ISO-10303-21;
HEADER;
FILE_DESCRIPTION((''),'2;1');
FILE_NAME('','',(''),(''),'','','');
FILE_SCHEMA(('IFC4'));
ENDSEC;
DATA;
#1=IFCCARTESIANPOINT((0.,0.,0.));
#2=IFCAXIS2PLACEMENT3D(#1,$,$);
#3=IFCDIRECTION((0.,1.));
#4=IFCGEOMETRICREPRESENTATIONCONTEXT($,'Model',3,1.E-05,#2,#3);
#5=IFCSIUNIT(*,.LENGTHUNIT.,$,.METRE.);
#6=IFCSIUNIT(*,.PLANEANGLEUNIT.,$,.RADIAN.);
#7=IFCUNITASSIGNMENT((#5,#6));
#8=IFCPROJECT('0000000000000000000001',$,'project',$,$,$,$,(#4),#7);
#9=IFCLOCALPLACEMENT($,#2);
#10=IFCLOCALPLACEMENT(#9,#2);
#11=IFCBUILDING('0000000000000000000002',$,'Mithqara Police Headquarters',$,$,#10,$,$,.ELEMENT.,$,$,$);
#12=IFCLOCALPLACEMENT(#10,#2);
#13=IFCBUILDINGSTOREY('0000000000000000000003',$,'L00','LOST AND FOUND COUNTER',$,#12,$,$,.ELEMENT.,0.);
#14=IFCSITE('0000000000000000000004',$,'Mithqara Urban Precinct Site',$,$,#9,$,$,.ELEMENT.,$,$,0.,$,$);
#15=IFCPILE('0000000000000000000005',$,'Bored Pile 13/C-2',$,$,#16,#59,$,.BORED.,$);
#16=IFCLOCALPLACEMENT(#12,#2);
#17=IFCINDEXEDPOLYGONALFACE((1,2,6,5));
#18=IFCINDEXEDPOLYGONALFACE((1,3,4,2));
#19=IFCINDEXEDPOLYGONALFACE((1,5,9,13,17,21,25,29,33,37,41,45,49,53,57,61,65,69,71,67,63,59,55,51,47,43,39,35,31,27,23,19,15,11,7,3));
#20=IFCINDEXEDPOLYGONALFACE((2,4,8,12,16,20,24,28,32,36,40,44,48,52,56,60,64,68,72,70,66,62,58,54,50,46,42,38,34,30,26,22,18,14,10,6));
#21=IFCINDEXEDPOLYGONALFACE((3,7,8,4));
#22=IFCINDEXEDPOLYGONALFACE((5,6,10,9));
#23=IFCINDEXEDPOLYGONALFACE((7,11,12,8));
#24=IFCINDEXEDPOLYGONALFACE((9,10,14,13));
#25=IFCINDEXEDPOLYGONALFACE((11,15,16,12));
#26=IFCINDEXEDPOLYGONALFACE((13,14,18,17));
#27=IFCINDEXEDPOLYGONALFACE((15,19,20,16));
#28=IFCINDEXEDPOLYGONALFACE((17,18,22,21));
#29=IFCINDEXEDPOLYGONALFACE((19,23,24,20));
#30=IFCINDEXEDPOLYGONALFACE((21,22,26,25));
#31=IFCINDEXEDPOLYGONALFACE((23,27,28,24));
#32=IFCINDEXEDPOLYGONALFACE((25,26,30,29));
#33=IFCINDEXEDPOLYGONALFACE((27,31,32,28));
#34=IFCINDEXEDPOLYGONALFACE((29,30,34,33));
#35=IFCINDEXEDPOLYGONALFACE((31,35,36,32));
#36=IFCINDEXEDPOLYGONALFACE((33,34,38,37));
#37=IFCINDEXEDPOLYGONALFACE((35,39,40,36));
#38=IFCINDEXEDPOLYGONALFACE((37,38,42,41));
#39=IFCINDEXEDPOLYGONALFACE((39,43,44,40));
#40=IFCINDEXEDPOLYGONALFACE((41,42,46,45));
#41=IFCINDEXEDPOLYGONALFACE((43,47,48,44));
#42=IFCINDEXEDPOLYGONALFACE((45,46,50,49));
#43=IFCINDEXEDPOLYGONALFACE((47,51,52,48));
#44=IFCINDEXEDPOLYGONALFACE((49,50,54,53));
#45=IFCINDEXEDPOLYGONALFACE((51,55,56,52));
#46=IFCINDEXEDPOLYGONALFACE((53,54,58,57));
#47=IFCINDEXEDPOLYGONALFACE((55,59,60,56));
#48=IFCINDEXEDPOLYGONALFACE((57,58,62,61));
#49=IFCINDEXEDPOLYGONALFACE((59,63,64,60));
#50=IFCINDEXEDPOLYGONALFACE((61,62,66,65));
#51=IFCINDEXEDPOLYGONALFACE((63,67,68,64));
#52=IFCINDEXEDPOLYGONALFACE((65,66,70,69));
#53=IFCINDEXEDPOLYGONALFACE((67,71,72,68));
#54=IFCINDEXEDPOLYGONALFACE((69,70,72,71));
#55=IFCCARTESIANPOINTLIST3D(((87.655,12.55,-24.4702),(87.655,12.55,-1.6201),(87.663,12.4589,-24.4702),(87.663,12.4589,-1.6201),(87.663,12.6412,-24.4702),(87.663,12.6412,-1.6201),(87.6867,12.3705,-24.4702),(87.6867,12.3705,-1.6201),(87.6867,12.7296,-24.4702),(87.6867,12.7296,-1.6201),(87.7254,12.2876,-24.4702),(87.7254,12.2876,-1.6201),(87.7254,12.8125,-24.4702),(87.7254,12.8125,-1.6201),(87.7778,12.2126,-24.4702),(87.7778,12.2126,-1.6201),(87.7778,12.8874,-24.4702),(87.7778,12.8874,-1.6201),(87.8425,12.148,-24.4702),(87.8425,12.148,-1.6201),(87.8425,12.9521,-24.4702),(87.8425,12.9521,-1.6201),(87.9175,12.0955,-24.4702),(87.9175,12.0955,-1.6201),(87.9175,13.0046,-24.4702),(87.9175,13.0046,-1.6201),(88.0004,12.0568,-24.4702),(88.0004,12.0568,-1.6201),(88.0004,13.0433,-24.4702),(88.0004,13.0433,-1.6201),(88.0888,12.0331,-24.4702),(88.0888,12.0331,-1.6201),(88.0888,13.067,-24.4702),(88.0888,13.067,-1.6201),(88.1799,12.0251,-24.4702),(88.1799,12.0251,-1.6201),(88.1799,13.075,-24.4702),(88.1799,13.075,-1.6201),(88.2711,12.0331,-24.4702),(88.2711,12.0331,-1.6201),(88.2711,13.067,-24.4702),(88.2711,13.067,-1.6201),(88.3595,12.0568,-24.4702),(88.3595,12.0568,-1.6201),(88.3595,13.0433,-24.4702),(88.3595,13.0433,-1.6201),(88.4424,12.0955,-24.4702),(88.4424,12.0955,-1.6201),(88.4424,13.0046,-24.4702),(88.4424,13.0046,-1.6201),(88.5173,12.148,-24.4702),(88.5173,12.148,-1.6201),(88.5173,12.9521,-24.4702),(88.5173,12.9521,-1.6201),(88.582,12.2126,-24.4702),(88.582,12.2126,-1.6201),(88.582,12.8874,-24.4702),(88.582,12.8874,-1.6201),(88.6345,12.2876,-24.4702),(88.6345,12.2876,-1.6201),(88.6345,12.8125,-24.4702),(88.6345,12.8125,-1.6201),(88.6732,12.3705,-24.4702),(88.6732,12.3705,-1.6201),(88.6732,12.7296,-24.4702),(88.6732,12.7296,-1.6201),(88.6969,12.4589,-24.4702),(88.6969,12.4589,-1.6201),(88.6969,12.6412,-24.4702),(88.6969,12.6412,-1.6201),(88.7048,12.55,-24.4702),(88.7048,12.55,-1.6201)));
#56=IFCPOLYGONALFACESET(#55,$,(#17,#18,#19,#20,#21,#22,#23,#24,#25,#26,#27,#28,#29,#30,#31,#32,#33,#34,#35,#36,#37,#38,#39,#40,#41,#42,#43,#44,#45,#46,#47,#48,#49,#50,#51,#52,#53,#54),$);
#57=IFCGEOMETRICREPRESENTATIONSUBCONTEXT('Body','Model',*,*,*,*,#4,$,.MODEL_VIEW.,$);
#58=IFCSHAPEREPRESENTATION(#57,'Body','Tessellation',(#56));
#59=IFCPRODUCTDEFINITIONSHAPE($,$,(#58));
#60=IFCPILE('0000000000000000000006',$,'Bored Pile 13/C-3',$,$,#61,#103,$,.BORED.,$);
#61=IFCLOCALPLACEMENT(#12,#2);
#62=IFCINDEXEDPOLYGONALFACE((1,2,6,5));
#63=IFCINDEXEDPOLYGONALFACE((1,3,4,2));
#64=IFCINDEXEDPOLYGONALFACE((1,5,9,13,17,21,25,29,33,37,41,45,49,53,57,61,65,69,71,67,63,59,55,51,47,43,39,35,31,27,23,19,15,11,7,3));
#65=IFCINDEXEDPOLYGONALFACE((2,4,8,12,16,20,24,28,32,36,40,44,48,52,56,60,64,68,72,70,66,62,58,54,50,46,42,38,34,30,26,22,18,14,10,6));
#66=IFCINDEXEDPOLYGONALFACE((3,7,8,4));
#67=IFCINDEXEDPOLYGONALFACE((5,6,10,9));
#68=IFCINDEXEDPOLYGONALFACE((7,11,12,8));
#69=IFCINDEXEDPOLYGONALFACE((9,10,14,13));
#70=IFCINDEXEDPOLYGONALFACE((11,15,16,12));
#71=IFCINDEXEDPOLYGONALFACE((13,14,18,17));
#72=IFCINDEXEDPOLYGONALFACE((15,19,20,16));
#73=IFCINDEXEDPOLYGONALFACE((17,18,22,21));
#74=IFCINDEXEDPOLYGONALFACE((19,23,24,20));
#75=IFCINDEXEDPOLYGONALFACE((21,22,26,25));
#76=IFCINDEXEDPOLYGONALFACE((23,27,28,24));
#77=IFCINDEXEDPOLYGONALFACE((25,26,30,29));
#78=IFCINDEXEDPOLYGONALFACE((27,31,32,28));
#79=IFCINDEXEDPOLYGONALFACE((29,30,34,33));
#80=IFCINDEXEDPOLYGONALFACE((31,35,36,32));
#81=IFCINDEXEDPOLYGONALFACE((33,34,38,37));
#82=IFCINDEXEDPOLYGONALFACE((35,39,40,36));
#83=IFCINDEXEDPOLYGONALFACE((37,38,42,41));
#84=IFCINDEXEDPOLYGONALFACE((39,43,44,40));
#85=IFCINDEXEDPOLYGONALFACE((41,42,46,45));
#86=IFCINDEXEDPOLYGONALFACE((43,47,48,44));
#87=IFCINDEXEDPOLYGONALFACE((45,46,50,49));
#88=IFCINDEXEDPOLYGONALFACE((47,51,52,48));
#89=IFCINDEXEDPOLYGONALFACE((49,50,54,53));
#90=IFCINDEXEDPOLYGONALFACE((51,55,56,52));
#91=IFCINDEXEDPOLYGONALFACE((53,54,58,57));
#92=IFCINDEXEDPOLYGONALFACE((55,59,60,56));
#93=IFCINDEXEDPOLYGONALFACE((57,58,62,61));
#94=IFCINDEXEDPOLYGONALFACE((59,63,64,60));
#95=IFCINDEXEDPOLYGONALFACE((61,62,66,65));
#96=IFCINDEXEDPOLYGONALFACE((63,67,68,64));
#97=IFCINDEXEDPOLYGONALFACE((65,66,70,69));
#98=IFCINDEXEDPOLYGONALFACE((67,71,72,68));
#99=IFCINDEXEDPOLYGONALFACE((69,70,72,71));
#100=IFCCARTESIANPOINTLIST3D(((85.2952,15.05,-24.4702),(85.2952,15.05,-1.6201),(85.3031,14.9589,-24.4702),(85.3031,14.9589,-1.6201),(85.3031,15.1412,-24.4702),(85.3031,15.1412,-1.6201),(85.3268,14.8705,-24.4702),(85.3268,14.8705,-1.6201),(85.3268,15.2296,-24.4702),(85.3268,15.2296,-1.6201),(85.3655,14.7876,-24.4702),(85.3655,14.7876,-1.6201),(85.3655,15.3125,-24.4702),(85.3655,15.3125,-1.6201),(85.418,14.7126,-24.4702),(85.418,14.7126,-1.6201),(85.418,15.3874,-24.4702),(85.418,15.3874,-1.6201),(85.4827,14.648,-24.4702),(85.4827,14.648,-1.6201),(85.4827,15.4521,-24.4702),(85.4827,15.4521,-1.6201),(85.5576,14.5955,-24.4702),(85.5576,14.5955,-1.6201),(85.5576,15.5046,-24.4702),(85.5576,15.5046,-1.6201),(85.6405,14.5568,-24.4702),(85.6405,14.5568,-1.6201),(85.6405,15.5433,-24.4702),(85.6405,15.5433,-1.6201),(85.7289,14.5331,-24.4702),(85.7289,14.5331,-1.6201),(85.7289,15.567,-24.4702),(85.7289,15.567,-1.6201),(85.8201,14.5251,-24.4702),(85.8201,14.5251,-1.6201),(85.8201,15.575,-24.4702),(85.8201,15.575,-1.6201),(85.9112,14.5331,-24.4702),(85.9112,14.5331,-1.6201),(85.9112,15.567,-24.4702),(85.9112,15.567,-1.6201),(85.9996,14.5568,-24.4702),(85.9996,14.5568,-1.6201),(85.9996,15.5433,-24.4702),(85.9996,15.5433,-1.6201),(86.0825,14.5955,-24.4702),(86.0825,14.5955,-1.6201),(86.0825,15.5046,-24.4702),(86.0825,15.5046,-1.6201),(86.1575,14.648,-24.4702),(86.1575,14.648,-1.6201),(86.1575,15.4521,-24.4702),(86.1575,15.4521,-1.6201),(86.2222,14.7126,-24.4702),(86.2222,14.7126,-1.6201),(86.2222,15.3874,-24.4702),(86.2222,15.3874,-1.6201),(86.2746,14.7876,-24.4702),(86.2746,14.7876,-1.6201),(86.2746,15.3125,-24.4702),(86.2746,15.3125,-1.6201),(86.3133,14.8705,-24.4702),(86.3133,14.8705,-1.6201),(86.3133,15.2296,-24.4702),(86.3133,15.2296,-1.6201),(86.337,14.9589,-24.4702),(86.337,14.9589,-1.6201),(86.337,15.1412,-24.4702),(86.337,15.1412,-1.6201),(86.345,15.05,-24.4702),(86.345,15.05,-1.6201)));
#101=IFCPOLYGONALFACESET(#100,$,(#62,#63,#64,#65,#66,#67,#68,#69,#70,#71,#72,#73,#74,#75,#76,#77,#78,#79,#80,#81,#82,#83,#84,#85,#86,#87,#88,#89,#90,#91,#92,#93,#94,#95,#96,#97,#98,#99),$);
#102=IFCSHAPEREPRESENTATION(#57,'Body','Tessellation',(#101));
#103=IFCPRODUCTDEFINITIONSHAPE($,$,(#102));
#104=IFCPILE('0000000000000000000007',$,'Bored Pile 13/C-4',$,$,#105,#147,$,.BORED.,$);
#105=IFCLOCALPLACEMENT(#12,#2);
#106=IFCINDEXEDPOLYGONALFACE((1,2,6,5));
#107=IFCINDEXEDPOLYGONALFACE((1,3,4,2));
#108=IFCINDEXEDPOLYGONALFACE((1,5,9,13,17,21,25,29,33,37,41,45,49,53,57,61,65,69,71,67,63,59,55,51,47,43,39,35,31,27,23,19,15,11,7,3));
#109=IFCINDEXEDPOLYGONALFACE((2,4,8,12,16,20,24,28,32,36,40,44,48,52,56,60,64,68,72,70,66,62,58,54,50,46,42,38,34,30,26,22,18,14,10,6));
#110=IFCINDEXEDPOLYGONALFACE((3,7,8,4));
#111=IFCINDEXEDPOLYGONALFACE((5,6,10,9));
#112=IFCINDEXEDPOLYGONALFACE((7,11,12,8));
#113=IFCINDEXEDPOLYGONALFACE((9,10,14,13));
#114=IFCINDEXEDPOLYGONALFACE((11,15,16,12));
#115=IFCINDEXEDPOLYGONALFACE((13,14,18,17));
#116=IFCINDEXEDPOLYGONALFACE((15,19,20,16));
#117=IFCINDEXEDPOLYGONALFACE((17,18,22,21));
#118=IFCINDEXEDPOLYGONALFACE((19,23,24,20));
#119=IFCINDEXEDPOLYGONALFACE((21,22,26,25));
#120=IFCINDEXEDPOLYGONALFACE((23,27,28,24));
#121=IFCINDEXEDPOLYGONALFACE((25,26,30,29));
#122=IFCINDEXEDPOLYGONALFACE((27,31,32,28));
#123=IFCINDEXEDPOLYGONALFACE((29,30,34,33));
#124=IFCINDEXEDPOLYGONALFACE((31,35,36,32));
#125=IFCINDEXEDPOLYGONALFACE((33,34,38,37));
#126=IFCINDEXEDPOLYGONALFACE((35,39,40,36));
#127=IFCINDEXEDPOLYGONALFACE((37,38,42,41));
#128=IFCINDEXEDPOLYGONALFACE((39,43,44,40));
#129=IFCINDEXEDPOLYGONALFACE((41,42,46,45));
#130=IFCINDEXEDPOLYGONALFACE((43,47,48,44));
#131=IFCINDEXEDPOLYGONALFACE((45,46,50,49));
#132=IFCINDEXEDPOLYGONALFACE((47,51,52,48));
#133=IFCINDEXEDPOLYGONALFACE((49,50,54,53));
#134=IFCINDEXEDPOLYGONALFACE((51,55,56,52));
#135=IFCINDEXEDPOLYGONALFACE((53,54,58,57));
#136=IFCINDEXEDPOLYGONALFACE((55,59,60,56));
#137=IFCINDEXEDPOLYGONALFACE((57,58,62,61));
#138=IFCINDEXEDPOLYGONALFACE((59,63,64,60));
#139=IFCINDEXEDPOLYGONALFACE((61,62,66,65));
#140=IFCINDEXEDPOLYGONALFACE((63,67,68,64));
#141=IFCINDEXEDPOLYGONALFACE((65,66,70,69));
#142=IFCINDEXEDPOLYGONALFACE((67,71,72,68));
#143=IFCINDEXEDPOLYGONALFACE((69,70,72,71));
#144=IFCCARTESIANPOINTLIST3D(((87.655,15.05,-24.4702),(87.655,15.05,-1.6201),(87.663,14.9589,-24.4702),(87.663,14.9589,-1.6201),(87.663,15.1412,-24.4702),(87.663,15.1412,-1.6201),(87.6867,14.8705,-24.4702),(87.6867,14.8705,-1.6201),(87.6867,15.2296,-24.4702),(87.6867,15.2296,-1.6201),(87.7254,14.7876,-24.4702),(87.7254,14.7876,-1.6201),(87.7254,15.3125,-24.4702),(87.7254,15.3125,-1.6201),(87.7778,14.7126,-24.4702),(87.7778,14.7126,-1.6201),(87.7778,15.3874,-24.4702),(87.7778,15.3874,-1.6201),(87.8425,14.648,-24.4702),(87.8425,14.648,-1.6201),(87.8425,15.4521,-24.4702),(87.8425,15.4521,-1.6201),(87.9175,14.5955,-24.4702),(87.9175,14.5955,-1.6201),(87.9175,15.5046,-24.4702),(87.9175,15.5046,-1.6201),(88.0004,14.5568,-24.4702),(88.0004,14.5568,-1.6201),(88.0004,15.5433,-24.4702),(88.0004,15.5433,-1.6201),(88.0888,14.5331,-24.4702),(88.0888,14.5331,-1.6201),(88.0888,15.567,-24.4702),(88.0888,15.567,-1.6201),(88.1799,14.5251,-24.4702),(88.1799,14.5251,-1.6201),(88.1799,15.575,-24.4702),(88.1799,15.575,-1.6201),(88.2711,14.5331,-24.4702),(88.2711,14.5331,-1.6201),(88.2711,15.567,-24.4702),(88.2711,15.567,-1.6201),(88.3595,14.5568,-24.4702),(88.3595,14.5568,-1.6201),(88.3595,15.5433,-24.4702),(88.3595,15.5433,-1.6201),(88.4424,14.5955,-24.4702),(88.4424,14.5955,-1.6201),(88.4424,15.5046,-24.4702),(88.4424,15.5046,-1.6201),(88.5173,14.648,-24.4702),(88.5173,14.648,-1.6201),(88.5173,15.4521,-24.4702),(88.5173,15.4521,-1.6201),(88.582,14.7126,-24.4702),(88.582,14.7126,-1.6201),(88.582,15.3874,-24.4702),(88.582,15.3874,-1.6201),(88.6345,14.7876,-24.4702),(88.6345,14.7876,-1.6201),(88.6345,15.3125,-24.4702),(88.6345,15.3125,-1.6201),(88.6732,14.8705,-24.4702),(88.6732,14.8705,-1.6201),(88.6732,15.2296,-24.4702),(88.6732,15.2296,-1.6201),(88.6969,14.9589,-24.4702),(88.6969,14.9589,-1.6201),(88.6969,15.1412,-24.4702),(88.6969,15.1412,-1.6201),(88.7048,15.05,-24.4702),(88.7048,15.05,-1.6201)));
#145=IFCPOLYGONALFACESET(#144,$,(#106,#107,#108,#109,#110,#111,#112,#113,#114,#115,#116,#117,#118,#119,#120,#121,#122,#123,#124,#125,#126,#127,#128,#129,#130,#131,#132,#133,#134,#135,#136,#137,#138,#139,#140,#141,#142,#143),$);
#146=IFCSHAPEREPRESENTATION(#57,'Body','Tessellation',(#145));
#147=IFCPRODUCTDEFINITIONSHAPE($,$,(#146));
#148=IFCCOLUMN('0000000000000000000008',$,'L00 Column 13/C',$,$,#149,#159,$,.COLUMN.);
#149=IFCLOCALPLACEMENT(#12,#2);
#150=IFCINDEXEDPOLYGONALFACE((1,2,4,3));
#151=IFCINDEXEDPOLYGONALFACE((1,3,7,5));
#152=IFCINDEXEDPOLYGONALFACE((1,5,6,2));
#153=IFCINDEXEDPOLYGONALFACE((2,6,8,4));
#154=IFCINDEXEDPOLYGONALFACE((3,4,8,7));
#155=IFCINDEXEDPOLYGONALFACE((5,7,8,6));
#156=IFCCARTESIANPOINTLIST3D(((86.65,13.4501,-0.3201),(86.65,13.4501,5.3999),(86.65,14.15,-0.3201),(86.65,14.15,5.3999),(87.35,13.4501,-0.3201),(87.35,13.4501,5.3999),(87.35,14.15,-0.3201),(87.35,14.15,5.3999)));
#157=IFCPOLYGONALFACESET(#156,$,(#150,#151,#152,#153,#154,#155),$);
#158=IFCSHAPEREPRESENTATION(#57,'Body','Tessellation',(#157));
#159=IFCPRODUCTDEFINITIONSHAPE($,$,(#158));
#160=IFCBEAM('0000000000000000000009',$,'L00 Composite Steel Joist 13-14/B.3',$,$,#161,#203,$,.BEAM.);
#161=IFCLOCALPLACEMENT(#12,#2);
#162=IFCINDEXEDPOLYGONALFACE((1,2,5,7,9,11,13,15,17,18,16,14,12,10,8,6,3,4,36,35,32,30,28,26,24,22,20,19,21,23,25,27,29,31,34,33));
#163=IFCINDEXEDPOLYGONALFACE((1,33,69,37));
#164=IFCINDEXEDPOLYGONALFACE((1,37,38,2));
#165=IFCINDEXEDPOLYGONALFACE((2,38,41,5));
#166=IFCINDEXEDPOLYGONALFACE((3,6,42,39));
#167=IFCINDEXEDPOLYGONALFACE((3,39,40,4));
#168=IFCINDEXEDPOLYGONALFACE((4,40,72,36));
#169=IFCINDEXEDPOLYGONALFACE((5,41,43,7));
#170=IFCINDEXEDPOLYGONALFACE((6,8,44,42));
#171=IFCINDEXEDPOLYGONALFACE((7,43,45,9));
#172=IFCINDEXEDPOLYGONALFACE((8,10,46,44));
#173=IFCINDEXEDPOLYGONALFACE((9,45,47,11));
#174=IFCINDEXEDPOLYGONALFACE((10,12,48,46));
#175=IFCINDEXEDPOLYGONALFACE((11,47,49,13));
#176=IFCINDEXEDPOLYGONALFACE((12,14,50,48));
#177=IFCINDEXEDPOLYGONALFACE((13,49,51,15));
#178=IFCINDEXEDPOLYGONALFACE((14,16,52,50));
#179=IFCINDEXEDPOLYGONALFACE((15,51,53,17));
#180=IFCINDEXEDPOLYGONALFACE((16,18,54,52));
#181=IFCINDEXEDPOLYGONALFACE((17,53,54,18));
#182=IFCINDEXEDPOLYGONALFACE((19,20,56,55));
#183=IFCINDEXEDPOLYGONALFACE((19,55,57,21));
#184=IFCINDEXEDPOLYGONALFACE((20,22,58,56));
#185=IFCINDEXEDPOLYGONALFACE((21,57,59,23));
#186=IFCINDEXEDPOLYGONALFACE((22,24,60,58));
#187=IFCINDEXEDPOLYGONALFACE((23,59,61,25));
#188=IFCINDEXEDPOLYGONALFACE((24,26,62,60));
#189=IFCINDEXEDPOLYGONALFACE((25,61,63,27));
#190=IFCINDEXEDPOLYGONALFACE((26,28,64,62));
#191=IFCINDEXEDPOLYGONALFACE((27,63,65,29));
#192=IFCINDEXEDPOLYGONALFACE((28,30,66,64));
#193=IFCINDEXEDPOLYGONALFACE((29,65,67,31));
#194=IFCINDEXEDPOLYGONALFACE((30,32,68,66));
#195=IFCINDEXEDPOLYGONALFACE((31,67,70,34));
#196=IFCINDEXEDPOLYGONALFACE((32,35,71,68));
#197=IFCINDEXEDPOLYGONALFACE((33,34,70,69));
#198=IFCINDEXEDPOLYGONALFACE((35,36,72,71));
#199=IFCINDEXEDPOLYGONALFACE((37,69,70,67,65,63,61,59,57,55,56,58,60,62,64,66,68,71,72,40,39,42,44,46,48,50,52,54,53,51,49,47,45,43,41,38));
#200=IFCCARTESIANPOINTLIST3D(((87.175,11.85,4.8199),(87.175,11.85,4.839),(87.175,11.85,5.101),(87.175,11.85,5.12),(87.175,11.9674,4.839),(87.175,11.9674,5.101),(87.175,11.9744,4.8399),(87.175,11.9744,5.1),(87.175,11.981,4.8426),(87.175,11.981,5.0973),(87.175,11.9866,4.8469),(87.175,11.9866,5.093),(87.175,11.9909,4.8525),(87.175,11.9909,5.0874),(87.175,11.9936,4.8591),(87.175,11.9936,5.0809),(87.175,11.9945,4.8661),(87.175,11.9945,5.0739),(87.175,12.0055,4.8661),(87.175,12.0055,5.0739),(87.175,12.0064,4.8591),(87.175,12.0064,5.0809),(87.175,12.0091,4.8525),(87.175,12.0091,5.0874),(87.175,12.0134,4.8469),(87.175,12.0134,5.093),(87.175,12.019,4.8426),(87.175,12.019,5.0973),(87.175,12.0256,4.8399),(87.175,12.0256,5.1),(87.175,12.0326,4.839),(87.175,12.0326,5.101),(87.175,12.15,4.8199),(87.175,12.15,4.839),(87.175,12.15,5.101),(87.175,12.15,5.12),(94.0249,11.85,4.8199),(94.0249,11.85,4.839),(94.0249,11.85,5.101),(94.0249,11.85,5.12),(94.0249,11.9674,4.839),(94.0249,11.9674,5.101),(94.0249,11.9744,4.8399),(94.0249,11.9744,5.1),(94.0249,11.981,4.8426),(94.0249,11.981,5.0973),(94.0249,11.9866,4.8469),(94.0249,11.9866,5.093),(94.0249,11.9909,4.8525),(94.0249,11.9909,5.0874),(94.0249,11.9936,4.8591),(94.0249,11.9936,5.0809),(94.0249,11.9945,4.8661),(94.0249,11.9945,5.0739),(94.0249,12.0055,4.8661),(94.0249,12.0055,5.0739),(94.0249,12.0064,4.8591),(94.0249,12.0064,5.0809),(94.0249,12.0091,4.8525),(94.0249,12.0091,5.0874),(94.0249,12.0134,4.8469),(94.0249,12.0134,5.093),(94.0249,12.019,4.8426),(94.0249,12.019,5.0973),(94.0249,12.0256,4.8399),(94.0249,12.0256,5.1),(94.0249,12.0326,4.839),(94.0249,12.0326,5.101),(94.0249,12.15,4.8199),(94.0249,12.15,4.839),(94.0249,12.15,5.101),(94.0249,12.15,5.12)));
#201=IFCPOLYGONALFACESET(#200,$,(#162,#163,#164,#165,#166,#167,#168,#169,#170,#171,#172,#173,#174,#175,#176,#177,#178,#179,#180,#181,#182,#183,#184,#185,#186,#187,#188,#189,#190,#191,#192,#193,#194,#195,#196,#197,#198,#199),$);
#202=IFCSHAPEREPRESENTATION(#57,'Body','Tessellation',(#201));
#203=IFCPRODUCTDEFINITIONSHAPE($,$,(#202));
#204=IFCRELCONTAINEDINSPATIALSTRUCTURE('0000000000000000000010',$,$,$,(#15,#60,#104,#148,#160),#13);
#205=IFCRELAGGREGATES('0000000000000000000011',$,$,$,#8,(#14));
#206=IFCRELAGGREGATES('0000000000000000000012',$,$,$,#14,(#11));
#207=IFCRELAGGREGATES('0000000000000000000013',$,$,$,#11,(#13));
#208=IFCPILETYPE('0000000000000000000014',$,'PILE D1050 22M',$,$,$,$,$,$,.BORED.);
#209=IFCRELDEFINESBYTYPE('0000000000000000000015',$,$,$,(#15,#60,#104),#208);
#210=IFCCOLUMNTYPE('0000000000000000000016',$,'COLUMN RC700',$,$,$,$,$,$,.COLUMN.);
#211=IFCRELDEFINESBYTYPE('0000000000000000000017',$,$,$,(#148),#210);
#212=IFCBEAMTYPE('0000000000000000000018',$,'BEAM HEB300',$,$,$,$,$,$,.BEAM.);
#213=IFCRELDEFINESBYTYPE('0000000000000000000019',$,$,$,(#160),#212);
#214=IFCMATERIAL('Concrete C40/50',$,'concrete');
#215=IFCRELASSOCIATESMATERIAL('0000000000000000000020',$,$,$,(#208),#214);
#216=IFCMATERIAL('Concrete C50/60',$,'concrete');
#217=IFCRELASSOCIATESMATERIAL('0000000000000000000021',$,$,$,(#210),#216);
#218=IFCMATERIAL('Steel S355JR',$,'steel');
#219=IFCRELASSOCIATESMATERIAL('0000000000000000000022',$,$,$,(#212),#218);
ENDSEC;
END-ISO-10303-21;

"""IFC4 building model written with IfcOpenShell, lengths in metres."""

from ifc_helpers import new_model, si_unit, direction, frame, origin, origin_2d, place, context, subcontext, project, spatial, rectangle, circle, i_section, extrude, material, material_profile, profile_set, type_object, element, save


model = new_model("IFC4")

# Units and contexts
model_context = context("Model", 3, precision=1e-05, world=origin(), true_north=direction((0.0, 1.0)))
body_context = subcontext(model_context, "Body", "Model", "MODEL_VIEW")
ifc_project = project(units=[si_unit("LENGTHUNIT", "METRE"), si_unit("PLANEANGLEUNIT", "RADIAN")], contexts=[model_context])

# Site, building, storey
site_placement = place(None, origin())
site = spatial("IfcSite", under=ifc_project, at=site_placement, Name="Mithqara Urban Precinct Site", CompositionType="ELEMENT", RefElevation=0.0)
building_placement = place(site_placement, origin())
building = spatial("IfcBuilding", under=site, at=building_placement, Name="Mithqara Police Headquarters", CompositionType="ELEMENT")
storey_placement = place(building_placement, origin())
storey = spatial("IfcBuildingStorey", under=building, at=storey_placement, Name="L00", Description="LOST AND FOUND COUNTER", CompositionType="ELEMENT", Elevation=0.0)

# Shared definitions
ifc_material_1 = material(Name="Concrete C40/50", Category="concrete")

# Piles
ifc_material_profile_1 = material_profile(ifc_material_1, circle(Radius=0.5249, at=origin_2d()), Name="PILE D1050")
ifc_profile_set_1 = profile_set([ifc_material_profile_1], Name="Concrete C40/50")
pile_type = type_object("IfcPileType", Name="PILE D1050 22M", PredefinedType="BORED", material=ifc_profile_set_1)
for number, where, z_axis, x_axis, name in (
    (1, (88.1799, 12.55, -1.6201), (0.0, 0.0, -1.0), (1.0, 0.0, 0.0), "Bored Pile 13/C-2"),
    (2, (85.8201, 15.05, -1.6201), (0.0, 0.0, -1.0), (1.0, 0.0, 0.0), "Bored Pile 13/C-3"),
    (3, (88.1799, 15.05, -1.6201), (0.0, 0.0, -1.0), (1.0, 0.0, 0.0), "Bored Pile 13/C-4"),
):
    element("IfcPile", number, at=place(storey_placement, frame(where, z_axis=z_axis, x_axis=x_axis)), inside=storey, type_object=pile_type, Name=name, PredefinedType="BORED", context=body_context, shape_type="SweptSolid", body=[
        extrude(circle(Radius=0.5249, at=origin_2d()), origin(), (0.0, 0.0, 1.0), 22.8501),
    ])

# Column
ifc_material_2 = material(Name="Concrete C50/60", Category="concrete")
ifc_material_profile_2 = material_profile(ifc_material_2, rectangle(XDim=0.7, YDim=0.7, at=origin_2d()), Name="RC 700x700")
ifc_profile_set_2 = profile_set([ifc_material_profile_2], Name="Concrete C50/60")
column_type = type_object("IfcColumnType", Name="COLUMN RC700", PredefinedType="COLUMN", material=ifc_profile_set_2)
column_placement = place(storey_placement, frame((87.0, 13.8, -0.3201), z_axis=(0.0, 0.0, 1.0), x_axis=(1.0, 0.0, 0.0)))
element("IfcColumn", 4, at=column_placement, inside=storey, type_object=column_type, Name="L00 Column 13/C", PredefinedType="COLUMN", context=body_context, shape_type="SweptSolid", body=[
    extrude(rectangle(XDim=0.7, YDim=0.7, at=origin_2d()), origin(), (0.0, 0.0, 1.0), 5.72),
])

# Beam
ifc_material_3 = material(Name="Steel S355JR", Category="steel")
ifc_material_profile_3 = material_profile(ifc_material_3, i_section(OverallWidth=0.3, OverallDepth=0.3, WebThickness=0.011, FlangeThickness=0.019, FilletRadius=0.0271, at=origin_2d()), Name="HEB 300")
ifc_profile_set_3 = profile_set([ifc_material_profile_3], Name="Steel S355JR")
beam_type_1 = type_object("IfcBeamType", Name="BEAM HEB300", PredefinedType="BEAM", material=ifc_profile_set_3)
beam_1_placement = place(storey_placement, frame((87.175, 12.0, 4.97), z_axis=(1.0, 0.0, 0.0), x_axis=(0.0, 1.0, 0.0)))
element("IfcBeam", 5, at=beam_1_placement, inside=storey, type_object=beam_type_1, Name="L00 Composite Steel Joist 13-14/B.3", PredefinedType="BEAM", context=body_context, shape_type="SweptSolid", body=[
    extrude(i_section(OverallWidth=0.3, OverallDepth=0.3, WebThickness=0.011, FlangeThickness=0.019, FilletRadius=0.0271, at=origin_2d()), origin(), (0.0, 0.0, 1.0), 6.8499),
])

save(model, "model.ifc")
